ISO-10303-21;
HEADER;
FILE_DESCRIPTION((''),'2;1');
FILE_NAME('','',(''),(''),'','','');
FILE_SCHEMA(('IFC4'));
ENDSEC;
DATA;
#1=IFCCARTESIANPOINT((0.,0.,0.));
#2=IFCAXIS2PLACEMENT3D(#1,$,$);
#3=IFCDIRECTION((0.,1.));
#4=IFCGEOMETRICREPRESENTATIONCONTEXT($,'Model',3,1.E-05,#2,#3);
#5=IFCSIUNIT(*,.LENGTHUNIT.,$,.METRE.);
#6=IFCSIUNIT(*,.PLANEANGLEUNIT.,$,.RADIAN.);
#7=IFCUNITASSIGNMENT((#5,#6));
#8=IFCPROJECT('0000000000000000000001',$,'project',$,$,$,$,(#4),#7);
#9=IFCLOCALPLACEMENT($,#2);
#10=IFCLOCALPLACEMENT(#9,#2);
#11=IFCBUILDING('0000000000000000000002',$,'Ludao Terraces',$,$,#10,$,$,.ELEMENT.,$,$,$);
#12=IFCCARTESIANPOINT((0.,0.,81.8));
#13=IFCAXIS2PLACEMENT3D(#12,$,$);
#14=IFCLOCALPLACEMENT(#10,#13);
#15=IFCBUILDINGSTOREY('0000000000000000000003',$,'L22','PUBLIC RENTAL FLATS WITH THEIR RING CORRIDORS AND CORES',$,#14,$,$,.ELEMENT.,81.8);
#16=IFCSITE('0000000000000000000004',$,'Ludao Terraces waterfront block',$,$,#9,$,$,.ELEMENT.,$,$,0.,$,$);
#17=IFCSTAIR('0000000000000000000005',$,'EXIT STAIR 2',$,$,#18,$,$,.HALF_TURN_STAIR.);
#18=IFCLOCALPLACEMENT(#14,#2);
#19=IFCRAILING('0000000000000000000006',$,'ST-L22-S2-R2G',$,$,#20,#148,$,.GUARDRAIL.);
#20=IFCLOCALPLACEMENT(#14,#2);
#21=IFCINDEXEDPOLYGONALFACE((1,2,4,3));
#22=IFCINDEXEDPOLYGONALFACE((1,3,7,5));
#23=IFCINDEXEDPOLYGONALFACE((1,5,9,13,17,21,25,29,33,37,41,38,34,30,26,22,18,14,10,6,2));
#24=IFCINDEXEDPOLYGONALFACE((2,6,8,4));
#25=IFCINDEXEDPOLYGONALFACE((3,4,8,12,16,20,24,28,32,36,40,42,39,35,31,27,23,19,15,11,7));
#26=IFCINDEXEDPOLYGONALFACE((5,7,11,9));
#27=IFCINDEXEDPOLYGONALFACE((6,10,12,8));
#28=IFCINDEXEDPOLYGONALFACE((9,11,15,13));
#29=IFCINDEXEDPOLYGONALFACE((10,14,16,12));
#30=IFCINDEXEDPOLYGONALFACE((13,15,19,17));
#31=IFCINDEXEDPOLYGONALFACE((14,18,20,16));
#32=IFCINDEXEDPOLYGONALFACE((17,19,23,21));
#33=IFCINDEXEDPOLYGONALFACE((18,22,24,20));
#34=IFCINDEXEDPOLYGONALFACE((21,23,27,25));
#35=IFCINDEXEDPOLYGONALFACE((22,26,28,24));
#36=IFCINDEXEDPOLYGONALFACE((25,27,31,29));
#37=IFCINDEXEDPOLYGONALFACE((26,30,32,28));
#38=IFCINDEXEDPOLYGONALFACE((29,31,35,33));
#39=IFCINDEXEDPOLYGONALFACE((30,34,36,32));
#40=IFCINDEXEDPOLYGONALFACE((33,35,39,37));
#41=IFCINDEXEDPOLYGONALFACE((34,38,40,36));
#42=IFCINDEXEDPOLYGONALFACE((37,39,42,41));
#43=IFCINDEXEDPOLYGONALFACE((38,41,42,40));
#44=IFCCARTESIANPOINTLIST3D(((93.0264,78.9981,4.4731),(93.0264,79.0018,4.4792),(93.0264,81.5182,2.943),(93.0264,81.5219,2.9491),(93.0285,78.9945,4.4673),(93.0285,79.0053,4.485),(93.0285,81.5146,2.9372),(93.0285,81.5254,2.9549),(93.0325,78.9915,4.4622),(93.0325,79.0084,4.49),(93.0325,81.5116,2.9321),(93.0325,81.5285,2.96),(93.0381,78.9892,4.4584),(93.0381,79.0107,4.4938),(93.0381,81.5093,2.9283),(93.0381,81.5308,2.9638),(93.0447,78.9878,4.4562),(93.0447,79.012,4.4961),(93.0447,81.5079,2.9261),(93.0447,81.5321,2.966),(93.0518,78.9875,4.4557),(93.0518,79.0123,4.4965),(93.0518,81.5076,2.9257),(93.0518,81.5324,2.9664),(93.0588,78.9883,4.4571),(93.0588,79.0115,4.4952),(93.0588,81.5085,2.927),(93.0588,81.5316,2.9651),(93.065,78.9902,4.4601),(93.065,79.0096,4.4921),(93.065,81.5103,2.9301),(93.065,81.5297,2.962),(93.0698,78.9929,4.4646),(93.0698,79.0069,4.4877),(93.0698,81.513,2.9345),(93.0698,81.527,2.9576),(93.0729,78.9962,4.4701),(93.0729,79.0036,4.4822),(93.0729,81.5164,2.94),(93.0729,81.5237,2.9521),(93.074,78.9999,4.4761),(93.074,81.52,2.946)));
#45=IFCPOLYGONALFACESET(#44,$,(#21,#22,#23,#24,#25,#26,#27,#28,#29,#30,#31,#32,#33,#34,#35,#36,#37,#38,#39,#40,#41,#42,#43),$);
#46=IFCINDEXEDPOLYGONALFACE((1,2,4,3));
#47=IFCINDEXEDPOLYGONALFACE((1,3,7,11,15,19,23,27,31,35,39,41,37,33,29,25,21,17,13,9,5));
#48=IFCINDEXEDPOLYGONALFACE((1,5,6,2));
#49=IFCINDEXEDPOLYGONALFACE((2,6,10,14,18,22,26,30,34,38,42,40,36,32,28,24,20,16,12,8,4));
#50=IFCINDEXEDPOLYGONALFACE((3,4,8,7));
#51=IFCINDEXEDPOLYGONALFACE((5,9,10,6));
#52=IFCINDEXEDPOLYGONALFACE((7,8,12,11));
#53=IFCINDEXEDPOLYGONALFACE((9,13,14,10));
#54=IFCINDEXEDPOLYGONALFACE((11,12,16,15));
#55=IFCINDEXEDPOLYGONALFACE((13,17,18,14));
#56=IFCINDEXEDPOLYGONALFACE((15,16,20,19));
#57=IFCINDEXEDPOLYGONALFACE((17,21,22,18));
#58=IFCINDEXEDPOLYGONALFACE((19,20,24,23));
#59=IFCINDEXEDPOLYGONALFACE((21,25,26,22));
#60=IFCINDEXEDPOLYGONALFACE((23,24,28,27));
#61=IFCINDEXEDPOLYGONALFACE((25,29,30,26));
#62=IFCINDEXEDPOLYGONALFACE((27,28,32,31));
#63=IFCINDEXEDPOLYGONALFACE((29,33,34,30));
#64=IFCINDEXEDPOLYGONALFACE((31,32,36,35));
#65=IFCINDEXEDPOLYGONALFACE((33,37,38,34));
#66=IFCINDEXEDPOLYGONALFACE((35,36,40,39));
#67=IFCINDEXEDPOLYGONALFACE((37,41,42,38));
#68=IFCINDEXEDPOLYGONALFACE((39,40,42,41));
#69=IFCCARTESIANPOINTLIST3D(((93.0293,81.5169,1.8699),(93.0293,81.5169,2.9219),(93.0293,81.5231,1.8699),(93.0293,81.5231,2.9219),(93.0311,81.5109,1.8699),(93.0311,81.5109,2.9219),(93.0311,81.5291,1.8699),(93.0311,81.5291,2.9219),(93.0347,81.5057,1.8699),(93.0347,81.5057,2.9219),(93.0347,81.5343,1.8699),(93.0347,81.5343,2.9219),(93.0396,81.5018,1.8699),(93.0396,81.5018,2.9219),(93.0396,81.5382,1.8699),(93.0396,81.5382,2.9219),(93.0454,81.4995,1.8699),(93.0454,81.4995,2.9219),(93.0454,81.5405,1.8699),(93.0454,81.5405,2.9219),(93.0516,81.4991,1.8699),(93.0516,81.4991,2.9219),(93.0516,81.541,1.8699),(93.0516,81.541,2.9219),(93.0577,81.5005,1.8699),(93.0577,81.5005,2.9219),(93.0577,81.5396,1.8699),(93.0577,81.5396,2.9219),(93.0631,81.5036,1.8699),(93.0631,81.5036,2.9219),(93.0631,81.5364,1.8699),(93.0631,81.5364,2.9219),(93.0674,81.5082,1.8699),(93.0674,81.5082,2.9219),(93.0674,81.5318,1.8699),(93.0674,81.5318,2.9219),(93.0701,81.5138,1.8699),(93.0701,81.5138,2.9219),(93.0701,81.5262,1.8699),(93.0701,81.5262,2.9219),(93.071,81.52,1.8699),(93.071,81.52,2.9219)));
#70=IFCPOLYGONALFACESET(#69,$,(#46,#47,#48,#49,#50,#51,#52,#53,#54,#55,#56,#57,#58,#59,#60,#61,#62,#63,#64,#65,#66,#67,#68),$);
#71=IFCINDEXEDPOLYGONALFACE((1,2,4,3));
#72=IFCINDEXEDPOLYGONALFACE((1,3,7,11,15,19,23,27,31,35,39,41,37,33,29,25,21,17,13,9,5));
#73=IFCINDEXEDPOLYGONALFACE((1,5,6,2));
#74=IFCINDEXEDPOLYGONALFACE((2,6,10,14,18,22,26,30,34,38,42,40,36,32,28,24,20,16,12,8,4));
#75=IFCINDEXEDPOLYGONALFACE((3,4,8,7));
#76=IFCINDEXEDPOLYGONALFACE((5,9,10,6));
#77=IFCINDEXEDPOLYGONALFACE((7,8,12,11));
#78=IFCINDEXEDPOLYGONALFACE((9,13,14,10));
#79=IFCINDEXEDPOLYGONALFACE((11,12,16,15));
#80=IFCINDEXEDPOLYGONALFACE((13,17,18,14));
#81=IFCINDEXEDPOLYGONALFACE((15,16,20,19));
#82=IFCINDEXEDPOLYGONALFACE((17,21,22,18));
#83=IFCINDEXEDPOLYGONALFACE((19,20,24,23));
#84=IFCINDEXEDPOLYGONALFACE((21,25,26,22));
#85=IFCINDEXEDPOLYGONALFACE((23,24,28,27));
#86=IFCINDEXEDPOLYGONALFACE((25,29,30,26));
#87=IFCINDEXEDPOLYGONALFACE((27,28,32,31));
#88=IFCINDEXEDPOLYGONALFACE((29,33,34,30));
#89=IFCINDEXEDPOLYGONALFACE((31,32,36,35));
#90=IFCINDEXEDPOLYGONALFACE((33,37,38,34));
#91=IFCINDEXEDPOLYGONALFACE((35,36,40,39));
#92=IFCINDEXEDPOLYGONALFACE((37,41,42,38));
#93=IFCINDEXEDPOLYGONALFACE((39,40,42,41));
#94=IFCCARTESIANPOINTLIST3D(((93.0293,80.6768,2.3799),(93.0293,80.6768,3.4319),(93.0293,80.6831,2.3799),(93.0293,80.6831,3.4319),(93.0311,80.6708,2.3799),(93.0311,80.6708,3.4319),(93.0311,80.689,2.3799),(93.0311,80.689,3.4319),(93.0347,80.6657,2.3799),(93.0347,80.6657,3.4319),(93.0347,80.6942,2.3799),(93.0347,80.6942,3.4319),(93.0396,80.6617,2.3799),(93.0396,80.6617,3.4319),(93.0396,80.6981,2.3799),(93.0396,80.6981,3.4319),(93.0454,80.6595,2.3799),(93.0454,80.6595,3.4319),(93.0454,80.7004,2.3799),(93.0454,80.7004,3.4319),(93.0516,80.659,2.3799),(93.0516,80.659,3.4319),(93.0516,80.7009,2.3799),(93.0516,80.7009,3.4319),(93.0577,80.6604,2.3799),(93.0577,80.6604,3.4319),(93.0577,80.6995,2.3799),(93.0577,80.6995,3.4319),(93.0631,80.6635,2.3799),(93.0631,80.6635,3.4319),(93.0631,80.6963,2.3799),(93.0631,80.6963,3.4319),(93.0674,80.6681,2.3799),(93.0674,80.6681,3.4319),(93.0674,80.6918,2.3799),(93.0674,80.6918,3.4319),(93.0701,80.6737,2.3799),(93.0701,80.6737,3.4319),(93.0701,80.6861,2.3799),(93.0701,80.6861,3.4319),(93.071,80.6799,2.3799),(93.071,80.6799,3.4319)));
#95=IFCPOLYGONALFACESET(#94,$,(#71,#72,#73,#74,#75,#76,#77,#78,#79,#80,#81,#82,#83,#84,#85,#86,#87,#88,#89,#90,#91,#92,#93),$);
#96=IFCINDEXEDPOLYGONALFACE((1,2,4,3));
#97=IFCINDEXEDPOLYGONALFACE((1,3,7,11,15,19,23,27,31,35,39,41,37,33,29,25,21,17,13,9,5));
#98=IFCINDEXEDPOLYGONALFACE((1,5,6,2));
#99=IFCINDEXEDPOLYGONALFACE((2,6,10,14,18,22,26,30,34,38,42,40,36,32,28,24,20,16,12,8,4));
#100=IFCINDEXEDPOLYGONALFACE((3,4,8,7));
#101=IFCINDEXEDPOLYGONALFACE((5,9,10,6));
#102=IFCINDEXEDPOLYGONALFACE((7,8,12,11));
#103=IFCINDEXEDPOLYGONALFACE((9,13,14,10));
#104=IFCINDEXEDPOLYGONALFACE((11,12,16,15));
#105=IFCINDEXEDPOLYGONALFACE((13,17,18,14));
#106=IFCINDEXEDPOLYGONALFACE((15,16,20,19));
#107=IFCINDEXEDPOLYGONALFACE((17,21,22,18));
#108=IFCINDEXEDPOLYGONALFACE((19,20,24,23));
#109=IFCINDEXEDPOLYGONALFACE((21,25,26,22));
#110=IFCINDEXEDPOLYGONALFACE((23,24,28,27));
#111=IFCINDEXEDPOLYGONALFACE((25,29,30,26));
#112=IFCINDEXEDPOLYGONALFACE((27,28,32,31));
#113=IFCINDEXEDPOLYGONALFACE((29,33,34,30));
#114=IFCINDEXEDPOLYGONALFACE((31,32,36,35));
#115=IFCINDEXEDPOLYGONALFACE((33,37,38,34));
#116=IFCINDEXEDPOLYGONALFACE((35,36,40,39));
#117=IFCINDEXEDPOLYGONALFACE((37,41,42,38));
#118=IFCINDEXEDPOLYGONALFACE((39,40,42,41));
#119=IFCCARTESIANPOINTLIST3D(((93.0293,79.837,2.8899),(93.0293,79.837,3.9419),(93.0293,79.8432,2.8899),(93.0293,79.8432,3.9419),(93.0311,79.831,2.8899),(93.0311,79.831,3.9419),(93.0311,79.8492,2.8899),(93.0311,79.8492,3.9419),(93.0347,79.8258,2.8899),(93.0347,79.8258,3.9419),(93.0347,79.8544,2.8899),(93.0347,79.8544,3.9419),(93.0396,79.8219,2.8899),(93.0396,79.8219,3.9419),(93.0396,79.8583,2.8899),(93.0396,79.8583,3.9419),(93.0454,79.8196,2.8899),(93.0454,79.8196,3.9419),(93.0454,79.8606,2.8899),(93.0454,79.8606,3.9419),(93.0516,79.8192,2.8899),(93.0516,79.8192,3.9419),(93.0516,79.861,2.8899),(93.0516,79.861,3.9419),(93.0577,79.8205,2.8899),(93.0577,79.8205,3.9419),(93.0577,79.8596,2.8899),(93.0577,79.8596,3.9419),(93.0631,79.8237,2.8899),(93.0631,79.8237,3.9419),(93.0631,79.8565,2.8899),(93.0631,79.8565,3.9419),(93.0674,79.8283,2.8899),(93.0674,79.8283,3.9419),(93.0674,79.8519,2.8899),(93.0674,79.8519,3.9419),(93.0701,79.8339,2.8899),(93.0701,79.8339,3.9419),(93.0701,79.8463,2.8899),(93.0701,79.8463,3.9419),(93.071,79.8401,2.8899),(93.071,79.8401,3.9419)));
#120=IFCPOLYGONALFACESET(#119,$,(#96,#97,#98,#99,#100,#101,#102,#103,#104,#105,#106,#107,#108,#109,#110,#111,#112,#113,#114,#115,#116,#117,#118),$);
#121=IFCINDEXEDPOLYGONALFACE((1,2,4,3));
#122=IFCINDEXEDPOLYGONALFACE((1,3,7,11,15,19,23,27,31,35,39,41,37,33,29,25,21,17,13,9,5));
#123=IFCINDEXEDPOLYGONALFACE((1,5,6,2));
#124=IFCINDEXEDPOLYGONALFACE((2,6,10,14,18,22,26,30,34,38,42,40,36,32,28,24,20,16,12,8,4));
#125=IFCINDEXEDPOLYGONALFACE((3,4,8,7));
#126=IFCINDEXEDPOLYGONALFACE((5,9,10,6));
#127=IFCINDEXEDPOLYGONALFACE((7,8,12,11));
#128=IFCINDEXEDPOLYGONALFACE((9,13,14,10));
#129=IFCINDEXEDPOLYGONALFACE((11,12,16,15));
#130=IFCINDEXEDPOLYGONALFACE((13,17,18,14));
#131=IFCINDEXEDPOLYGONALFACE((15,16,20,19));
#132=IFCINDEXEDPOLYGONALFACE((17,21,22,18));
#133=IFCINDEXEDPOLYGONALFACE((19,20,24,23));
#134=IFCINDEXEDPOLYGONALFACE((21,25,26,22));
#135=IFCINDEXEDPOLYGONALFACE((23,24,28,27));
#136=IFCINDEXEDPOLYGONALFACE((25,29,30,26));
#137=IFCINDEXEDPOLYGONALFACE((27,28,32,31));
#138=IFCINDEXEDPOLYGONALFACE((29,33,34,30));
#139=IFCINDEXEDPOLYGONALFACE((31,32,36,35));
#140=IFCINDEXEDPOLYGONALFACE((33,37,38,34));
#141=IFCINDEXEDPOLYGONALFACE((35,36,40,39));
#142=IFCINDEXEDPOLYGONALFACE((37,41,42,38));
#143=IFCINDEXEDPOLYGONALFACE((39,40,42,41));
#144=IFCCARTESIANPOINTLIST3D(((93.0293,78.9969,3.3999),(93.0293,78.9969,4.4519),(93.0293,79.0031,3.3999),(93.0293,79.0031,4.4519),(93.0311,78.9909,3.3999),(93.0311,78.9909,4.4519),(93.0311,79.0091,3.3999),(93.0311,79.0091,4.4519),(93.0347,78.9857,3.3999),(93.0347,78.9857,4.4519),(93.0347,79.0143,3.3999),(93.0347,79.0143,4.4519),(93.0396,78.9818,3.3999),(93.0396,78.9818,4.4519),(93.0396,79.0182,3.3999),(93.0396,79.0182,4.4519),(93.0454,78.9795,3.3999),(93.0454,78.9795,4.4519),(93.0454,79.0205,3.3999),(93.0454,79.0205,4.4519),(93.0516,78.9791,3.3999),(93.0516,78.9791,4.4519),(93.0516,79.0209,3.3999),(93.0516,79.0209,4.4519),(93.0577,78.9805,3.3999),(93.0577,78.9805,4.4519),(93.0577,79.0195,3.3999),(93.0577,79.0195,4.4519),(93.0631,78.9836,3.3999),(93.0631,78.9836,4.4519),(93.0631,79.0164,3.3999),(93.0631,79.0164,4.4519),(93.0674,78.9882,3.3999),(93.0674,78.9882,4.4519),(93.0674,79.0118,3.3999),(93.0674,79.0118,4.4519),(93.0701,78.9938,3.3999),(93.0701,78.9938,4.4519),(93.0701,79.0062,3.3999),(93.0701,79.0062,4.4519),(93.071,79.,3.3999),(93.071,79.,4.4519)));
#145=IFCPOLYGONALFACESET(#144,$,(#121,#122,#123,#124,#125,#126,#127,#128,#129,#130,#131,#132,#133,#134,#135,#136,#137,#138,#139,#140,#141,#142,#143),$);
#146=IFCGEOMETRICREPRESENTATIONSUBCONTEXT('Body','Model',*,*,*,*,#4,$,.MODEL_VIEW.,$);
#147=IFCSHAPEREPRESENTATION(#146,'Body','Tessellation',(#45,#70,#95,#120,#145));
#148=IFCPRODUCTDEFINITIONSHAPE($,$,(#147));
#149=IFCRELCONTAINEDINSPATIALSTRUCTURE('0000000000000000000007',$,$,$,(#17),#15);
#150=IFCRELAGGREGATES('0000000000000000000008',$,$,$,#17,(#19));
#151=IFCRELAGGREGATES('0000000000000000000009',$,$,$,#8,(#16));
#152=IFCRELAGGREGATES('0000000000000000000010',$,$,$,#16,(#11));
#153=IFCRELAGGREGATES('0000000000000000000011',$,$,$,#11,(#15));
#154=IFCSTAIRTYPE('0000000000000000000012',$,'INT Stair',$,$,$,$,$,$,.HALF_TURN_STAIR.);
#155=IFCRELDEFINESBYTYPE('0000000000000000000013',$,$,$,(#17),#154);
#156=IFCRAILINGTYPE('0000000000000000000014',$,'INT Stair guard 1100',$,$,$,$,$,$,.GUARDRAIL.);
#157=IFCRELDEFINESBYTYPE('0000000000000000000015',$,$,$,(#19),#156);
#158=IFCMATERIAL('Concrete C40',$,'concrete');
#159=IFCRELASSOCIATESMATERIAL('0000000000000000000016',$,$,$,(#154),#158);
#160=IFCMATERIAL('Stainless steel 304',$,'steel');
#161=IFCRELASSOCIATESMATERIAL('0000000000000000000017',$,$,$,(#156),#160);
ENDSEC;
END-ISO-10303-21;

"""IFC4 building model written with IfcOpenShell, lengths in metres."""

from ifc_helpers import new_model, si_unit, direction, frame, origin, origin_2d, place, context, subcontext, project, spatial, circle, extrude, material, type_object, element, aggregate, save


model = new_model("IFC4")

# Units and contexts
model_context = context("Model", 3, precision=1e-05, world=origin(), true_north=direction((0.0, 1.0)))
body_context = subcontext(model_context, "Body", "Model", "MODEL_VIEW")
ifc_project = project(units=[si_unit("LENGTHUNIT", "METRE"), si_unit("PLANEANGLEUNIT", "RADIAN")], contexts=[model_context])

# Site, building, storey
site_placement = place(None, origin())
site = spatial("IfcSite", under=ifc_project, at=site_placement, Name="Ludao Terraces waterfront block", CompositionType="ELEMENT", RefElevation=0.0)
building_placement = place(site_placement, origin())
building = spatial("IfcBuilding", under=site, at=building_placement, Name="Ludao Terraces", CompositionType="ELEMENT")
storey_placement = place(building_placement, frame((0.0, 0.0, 81.8)))
storey = spatial("IfcBuildingStorey", under=building, at=storey_placement, Name="L22", Description="PUBLIC RENTAL FLATS WITH THEIR RING CORRIDORS AND CORES", CompositionType="ELEMENT", Elevation=81.8)

# Shared definitions
ifc_material_1 = material(Name="Concrete C40", Category="concrete")

# Stair, railing
stair_type = type_object("IfcStairType", Name="INT Stair", PredefinedType="HALF_TURN_STAIR", material=ifc_material_1)
stair_placement = place(storey_placement, origin())
stair = element("IfcStair", 1, at=stair_placement, inside=storey, type_object=stair_type, Name="EXIT STAIR 2", PredefinedType="HALF_TURN_STAIR")
ifc_material_2 = material(Name="Stainless steel 304", Category="steel")
railing_type_1 = type_object("IfcRailingType", Name="INT Stair guard 1100", PredefinedType="GUARDRAIL", material=ifc_material_2)
railing_1_placement = place(storey_placement, frame((93.05, 81.52, 1.8699)))
railing_1 = element("IfcRailing", 2, at=railing_1_placement, type_object=railing_type_1, Name="ST-L22-S2-R2G", PredefinedType="GUARDRAIL", context=body_context, shape_type="SweptSolid", body=[
    extrude(circle(Radius=0.0239, at=origin_2d()), frame((0.0, 0.0, 1.0762), z_axis=(0.0, -0.854785, 0.518982), x_axis=(1.0, 0.0, 0.0)), (0.0, 0.0, 1.0), 2.9482),
    extrude(circle(Radius=0.021, at=origin_2d()), origin(), (0.0, 0.0, 1.0), 1.052),
    extrude(circle(Radius=0.021, at=origin_2d()), frame((0.0, -0.8401, 0.51)), (0.0, 0.0, 1.0), 1.052),
    extrude(circle(Radius=0.021, at=origin_2d()), frame((0.0, -1.6799, 1.02)), (0.0, 0.0, 1.0), 1.052),
    extrude(circle(Radius=0.021, at=origin_2d()), frame((0.0, -2.52, 1.53)), (0.0, 0.0, 1.0), 1.052),
])
aggregate(stair, [railing_1])

save(model, "model.ifc")
